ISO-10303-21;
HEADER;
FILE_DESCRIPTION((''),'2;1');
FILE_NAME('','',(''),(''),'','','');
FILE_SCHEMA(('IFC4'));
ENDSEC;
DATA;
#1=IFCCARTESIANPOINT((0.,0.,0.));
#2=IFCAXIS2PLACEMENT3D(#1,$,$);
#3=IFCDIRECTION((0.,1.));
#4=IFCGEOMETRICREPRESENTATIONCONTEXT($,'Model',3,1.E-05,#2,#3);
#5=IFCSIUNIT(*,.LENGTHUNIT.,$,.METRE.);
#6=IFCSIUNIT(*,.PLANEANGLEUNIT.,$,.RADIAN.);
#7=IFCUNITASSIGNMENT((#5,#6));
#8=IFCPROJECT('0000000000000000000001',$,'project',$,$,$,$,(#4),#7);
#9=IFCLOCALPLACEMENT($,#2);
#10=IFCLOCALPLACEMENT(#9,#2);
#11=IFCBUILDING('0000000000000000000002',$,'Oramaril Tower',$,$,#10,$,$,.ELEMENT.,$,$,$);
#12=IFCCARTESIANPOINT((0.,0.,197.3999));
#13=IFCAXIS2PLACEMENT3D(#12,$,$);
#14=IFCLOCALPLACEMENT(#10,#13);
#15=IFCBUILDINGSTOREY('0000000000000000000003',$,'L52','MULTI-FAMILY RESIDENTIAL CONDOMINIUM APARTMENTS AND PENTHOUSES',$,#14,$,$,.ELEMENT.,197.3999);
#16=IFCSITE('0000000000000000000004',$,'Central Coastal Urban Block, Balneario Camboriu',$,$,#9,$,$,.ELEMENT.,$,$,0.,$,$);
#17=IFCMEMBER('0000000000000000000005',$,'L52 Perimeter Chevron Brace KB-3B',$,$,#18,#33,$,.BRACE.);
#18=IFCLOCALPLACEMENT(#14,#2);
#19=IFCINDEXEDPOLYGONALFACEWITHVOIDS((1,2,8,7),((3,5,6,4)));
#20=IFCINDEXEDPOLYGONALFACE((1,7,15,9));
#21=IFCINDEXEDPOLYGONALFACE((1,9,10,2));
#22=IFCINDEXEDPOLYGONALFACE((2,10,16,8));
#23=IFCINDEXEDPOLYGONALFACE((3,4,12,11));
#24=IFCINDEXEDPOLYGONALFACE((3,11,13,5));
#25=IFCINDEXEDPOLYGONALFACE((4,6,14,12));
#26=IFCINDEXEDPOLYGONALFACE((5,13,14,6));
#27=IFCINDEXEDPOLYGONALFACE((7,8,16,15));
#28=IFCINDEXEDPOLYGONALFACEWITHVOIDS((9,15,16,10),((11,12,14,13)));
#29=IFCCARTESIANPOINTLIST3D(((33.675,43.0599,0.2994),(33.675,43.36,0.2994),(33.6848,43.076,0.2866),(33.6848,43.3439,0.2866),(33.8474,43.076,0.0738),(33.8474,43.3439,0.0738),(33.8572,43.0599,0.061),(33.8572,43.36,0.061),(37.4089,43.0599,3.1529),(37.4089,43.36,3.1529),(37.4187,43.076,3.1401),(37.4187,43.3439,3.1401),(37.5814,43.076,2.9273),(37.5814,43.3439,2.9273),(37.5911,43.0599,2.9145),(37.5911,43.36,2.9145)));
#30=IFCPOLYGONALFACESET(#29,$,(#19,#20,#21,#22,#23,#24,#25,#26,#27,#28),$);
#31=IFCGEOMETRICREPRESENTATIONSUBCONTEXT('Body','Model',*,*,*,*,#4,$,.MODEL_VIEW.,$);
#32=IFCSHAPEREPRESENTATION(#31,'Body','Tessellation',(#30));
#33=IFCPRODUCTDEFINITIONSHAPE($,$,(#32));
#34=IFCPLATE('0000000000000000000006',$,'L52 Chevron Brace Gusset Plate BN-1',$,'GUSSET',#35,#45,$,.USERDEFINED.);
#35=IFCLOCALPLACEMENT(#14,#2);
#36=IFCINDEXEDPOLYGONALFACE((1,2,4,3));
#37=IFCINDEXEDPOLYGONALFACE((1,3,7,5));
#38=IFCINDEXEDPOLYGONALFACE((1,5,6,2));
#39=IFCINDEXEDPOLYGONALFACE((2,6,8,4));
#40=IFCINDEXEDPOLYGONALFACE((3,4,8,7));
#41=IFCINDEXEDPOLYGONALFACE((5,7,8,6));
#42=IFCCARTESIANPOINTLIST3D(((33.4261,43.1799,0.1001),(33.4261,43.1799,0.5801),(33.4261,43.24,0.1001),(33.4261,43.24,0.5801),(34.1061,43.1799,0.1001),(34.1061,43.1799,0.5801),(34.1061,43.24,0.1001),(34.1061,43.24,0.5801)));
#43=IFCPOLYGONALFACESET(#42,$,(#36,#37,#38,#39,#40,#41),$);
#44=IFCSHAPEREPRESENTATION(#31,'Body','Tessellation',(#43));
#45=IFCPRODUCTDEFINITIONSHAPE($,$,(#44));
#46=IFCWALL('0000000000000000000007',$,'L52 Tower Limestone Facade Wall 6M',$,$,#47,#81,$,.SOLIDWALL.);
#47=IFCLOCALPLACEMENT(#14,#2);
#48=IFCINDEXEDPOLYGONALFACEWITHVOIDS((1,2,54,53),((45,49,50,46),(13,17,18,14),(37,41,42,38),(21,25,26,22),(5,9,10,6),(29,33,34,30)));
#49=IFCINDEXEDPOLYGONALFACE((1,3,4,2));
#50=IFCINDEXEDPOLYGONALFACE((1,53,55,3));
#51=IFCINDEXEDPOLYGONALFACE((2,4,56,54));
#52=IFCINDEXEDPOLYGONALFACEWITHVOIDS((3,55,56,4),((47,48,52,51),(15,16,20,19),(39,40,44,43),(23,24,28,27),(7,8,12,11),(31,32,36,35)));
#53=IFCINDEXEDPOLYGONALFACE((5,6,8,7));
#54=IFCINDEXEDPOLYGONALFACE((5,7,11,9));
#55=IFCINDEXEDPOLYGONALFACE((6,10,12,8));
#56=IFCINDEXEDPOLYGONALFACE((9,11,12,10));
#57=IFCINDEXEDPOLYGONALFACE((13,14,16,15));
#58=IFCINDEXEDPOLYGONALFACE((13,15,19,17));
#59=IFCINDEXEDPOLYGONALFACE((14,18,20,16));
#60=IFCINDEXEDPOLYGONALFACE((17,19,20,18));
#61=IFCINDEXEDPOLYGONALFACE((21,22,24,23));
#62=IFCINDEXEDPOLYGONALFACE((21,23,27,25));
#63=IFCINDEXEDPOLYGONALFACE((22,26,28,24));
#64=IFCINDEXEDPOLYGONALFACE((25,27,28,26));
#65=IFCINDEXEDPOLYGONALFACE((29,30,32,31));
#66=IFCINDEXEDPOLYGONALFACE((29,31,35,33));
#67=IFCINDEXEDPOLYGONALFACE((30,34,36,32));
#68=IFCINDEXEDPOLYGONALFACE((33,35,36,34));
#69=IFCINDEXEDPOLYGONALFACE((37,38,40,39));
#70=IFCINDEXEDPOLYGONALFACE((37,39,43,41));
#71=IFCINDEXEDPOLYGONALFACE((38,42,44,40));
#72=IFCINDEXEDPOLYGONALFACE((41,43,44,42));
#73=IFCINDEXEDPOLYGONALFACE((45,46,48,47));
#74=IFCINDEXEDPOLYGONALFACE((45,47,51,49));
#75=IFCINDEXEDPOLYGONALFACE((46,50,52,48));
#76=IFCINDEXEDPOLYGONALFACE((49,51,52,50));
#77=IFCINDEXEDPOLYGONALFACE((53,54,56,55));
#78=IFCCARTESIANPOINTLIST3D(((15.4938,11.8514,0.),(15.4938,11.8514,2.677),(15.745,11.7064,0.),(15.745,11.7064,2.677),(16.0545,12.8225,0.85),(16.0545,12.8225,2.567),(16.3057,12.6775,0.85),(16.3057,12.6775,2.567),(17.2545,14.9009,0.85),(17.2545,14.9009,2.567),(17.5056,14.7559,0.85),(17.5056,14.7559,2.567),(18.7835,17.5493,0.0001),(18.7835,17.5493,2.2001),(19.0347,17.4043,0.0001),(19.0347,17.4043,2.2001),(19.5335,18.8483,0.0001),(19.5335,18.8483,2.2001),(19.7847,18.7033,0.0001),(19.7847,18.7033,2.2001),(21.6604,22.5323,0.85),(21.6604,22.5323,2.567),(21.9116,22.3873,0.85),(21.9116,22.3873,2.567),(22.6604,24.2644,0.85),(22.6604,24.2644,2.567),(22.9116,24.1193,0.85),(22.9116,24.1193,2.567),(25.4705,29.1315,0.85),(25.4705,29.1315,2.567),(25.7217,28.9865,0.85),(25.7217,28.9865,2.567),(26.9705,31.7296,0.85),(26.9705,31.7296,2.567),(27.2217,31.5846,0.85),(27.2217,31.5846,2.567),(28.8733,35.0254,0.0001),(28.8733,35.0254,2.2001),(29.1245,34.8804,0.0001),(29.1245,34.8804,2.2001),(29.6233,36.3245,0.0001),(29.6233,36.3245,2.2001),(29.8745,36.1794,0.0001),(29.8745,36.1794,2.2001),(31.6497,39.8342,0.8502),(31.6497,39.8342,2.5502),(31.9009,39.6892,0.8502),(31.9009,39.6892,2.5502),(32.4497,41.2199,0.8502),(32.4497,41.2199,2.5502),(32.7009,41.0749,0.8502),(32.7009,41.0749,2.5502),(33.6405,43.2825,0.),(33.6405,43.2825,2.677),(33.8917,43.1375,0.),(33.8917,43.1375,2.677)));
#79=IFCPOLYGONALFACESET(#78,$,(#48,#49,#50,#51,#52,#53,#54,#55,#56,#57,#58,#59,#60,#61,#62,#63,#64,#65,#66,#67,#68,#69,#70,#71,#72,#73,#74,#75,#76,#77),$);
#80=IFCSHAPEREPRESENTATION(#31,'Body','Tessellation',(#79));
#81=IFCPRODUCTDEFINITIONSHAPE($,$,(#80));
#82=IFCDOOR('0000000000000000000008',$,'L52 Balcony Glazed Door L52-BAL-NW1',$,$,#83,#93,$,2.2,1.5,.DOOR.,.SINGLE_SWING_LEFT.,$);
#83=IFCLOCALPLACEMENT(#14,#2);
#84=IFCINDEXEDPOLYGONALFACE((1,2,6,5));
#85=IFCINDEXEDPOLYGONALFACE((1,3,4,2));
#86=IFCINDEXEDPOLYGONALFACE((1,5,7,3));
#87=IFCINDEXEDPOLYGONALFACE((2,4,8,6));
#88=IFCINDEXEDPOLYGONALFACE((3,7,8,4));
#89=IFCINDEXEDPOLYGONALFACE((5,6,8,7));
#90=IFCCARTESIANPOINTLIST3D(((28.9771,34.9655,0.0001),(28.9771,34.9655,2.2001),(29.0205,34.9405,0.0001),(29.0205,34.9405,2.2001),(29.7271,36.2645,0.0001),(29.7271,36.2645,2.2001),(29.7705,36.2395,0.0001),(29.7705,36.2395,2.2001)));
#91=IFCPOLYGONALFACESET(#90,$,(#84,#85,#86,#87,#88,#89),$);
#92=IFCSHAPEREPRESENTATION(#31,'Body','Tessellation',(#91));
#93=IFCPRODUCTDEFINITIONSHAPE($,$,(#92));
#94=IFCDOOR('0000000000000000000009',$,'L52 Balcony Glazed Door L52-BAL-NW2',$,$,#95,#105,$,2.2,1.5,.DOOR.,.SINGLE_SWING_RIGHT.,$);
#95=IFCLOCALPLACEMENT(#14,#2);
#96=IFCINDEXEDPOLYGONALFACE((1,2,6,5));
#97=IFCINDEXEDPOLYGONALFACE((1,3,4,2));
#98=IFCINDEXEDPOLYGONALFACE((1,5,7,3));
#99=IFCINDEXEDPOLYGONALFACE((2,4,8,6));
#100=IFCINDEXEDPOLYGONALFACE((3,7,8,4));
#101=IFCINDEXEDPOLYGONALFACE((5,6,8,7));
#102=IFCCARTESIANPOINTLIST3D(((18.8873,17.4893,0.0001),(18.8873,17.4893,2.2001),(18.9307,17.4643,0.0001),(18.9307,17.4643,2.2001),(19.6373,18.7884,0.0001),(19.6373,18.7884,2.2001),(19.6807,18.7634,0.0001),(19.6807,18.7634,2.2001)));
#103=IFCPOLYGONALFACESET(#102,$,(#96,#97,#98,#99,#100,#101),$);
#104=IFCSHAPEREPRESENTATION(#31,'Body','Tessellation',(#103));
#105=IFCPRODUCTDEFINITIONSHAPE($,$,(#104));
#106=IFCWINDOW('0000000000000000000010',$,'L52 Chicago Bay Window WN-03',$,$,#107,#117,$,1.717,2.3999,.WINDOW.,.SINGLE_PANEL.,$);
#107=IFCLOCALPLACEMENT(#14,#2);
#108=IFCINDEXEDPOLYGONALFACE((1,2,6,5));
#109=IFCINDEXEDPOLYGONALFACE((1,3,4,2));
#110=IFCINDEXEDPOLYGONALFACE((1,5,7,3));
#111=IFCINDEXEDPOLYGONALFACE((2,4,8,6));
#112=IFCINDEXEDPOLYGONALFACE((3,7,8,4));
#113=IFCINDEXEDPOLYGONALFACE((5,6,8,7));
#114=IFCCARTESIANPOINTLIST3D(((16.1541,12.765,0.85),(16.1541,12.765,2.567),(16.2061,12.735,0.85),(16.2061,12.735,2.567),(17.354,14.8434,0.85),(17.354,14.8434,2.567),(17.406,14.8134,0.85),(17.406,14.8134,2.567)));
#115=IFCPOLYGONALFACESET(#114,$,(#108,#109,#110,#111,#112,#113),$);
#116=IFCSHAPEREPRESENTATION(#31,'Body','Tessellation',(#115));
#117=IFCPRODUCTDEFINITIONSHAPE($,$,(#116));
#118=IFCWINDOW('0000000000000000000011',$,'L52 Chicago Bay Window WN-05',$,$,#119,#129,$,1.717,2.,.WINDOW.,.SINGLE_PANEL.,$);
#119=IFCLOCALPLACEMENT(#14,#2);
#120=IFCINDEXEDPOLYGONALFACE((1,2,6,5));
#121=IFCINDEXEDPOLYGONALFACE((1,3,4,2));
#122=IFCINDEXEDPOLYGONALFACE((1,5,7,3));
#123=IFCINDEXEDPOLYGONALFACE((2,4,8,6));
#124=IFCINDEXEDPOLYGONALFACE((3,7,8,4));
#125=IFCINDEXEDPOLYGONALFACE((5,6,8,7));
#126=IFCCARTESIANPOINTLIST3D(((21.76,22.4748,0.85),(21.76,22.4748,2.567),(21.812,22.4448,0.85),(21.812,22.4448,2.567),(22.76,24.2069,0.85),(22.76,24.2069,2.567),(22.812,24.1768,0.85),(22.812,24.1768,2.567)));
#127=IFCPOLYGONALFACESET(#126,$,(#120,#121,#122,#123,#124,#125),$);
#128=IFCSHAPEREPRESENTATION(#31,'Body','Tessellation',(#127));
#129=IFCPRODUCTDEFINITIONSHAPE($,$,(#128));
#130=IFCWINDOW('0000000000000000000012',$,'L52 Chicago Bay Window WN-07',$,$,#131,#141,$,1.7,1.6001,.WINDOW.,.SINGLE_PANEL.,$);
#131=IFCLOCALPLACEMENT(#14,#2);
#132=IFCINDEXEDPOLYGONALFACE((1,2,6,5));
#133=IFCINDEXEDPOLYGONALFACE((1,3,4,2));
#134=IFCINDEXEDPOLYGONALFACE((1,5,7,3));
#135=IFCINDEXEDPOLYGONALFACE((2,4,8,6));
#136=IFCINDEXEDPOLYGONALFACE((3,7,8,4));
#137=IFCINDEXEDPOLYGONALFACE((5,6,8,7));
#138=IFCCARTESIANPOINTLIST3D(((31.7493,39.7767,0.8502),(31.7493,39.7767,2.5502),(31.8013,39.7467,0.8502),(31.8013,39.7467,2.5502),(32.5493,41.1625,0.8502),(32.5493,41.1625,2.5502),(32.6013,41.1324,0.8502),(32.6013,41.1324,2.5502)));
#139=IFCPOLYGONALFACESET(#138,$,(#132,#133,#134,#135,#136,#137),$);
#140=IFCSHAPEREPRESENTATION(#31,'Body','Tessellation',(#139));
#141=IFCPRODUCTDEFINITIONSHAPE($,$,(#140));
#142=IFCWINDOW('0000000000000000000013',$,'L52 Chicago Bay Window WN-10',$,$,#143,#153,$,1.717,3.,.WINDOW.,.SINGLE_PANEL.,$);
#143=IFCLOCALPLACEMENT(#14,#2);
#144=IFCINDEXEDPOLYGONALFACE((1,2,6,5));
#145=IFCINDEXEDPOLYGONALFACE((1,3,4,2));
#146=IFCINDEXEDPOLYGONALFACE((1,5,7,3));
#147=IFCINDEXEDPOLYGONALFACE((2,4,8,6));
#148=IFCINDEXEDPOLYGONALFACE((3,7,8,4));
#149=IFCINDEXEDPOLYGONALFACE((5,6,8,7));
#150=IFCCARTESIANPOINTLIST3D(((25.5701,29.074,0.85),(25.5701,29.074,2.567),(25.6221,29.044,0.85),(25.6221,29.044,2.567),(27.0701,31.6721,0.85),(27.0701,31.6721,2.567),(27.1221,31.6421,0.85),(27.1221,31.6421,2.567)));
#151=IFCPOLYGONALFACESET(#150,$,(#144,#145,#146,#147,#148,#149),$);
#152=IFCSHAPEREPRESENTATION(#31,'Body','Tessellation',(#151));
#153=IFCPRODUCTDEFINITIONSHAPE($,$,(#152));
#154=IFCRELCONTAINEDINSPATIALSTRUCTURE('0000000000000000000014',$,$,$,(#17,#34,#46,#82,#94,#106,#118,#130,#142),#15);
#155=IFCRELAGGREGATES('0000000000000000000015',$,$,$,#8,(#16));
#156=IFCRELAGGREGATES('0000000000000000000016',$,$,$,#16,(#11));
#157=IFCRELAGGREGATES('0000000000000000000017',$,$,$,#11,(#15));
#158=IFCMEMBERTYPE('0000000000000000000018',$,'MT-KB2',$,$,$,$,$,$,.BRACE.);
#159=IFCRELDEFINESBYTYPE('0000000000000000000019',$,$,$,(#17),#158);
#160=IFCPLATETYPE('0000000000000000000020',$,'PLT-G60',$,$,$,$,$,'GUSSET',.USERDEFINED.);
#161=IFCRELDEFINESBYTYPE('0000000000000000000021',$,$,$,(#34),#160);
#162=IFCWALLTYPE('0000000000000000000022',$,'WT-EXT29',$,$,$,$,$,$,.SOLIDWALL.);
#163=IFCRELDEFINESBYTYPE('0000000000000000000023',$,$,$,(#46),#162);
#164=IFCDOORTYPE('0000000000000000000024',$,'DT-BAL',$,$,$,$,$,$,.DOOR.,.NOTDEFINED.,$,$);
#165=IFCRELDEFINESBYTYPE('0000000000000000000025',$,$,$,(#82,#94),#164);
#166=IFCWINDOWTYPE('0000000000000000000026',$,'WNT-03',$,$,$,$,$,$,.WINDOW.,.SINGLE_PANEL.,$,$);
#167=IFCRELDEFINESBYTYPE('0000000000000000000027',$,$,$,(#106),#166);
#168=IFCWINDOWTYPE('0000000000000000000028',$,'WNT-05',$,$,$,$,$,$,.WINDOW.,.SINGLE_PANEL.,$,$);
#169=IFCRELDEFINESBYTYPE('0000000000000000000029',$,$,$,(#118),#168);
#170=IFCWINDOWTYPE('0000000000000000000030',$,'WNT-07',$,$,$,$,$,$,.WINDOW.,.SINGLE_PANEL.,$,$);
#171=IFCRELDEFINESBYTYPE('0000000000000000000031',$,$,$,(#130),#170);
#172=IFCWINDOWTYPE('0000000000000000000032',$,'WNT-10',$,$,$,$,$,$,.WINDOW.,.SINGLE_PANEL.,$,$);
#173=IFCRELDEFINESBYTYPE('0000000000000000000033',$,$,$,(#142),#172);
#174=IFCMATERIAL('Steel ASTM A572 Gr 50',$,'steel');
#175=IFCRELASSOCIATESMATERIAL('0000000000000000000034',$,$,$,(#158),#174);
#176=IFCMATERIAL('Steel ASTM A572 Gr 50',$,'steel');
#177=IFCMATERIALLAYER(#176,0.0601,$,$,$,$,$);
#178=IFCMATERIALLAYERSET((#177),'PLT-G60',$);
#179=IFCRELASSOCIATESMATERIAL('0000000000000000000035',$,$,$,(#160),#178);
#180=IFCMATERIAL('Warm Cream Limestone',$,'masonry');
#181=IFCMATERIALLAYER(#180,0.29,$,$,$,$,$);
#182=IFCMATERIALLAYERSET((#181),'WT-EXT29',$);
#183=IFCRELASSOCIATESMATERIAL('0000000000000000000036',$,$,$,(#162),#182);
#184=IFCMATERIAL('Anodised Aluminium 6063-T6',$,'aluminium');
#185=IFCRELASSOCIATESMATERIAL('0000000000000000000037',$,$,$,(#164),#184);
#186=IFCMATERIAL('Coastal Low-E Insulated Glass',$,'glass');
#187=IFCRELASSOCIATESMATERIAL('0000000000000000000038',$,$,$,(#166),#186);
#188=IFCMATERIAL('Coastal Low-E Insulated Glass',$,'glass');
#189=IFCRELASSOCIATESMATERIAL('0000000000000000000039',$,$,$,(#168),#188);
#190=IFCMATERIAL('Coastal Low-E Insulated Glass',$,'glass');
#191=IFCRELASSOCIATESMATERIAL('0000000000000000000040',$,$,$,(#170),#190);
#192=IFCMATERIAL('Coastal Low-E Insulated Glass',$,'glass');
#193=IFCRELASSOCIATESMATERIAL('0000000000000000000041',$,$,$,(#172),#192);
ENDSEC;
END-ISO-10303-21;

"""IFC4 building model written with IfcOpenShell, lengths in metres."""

from ifc_helpers import new_model, si_unit, direction, frame, frame_2d, origin, origin_2d, place, context, subcontext, project, spatial, rectangle, hollow_rectangle, extrude, material, layer, layer_set, material_profile, profile_set, type_object, element, fill, save


model = new_model("IFC4")

# Units and contexts
model_context = context("Model", 3, precision=1e-05, world=origin(), true_north=direction((0.0, 1.0)))
body_context = subcontext(model_context, "Body", "Model", "MODEL_VIEW")
ifc_project = project(units=[si_unit("LENGTHUNIT", "METRE"), si_unit("PLANEANGLEUNIT", "RADIAN")], contexts=[model_context])

# Site, building, storey
site_placement = place(None, origin())
site = spatial("IfcSite", under=ifc_project, at=site_placement, Name="Central Coastal Urban Block, Balneario Camboriu", CompositionType="ELEMENT", RefElevation=0.0)
building_placement = place(site_placement, origin())
building = spatial("IfcBuilding", under=site, at=building_placement, Name="Oramaril Tower", CompositionType="ELEMENT")
storey_placement = place(building_placement, frame((0.0, 0.0, 197.3999)))
storey = spatial("IfcBuildingStorey", under=building, at=storey_placement, Name="L52", Description="MULTI-FAMILY RESIDENTIAL CONDOMINIUM APARTMENTS AND PENTHOUSES", CompositionType="ELEMENT", Elevation=197.3999)

# Member
ifc_material_1 = material(Name="Steel ASTM A572 Gr 50", Category="steel")
ifc_material_profile_1 = material_profile(ifc_material_1, hollow_rectangle(XDim=0.3, YDim=0.3, WallThickness=0.0161, at=origin_2d()), Name="HSS300X300X16")
ifc_profile_set_1 = profile_set([ifc_material_profile_1], Name="Steel ASTM A572 Gr 50")
member_type = type_object("IfcMemberType", Name="MT-KB2", PredefinedType="BRACE", material=ifc_profile_set_1)
member_placement = place(storey_placement, frame((33.7661, 43.21, 0.1802), z_axis=(0.794544, 0.0, 0.607207), x_axis=(0.0, 1.0, 0.0)))
element("IfcMember", 1, at=member_placement, inside=storey, type_object=member_type, Name="L52 Perimeter Chevron Brace KB-3B", PredefinedType="BRACE", context=body_context, shape_type="SweptSolid", body=[
    extrude(hollow_rectangle(XDim=0.3, YDim=0.3, WallThickness=0.0161, at=origin_2d()), origin(), (0.0, 0.0, 1.0), 4.6995),
])

# Plate
ifc_material_2 = material(Name="Steel ASTM A572 Gr 50", Category="steel")
ifc_layer_1 = layer(ifc_material_2, 0.0601)
ifc_layer_set_1 = layer_set([ifc_layer_1], Name="PLT-G60")
plate_type = type_object("IfcPlateType", Name="PLT-G60", ElementType="GUSSET", PredefinedType="USERDEFINED", material=ifc_layer_set_1)
plate_placement = place(storey_placement, frame((33.7661, 43.21, 0.1001), z_axis=(0.0, 0.0, 1.0), x_axis=(-1.0, 0.0, 0.0)))
element("IfcPlate", 2, at=plate_placement, inside=storey, type_object=plate_type, Name="L52 Chevron Brace Gusset Plate BN-1", ObjectType="GUSSET", PredefinedType="USERDEFINED", context=body_context, shape_type="SweptSolid", body=[
    extrude(rectangle(XDim=0.6799, YDim=0.0601, at=origin_2d()), origin(), (0.0, 0.0, 1.0), 0.48),
])

# Wall, openings, doors, windows
ifc_material_3 = material(Name="Warm Cream Limestone", Category="masonry")
ifc_layer_2 = layer(ifc_material_3, 0.29)
ifc_layer_set_2 = layer_set([ifc_layer_2], Name="WT-EXT29")
wall_type_1 = type_object("IfcWallType", Name="WT-EXT29", PredefinedType="SOLIDWALL", material=ifc_layer_set_2)
wall_1_placement = place(storey_placement, frame((33.7661, 43.21, 0.0), z_axis=(0.0, 0.0, 1.0), x_axis=(-0.499999, -0.866026, 0.0)))
wall_1 = element("IfcWall", 3, at=wall_1_placement, inside=storey, type_object=wall_type_1, Name="L52 Tower Limestone Facade Wall 6M", PredefinedType="SOLIDWALL", context=body_context, shape_type="SweptSolid", body=[
    extrude(rectangle(XDim=36.2935, YDim=0.29, at=frame_2d((18.1467, 0.0))), origin(), (0.0, 0.0, 1.0), 2.677),
])
opening_1_placement = place(wall_1_placement, frame((8.0344, 0.0, 0.0)))
opening_1 = element("IfcOpeningElement", 4, at=opening_1_placement, cuts=wall_1, PredefinedType="OPENING", context=body_context, shape_type="SweptSolid", body=[
    extrude(rectangle(XDim=1.5, YDim=2.2, at=frame_2d((0.75, 1.1001))), frame((0.0, 0.145, 0.0), z_axis=(0.0, -1.0, 0.0), x_axis=(1.0, 0.0, 0.0)), (0.0, 0.0, 1.0), 0.29),
])
opening_2_placement = place(wall_1_placement, frame((28.2141, 0.0, 0.0)))
opening_2 = element("IfcOpeningElement", 5, at=opening_2_placement, cuts=wall_1, PredefinedType="OPENING", context=body_context, shape_type="SweptSolid", body=[
    extrude(rectangle(XDim=1.5, YDim=2.2, at=frame_2d((0.75, 1.1001))), frame((0.0, 0.145, 0.0), z_axis=(0.0, -1.0, 0.0), x_axis=(1.0, 0.0, 0.0)), (0.0, 0.0, 1.0), 0.29),
])
opening_3_placement = place(wall_1_placement, frame((32.7722, 0.0, 0.8501)))
opening_3 = element("IfcOpeningElement", 6, at=opening_3_placement, cuts=wall_1, PredefinedType="OPENING", context=body_context, shape_type="SweptSolid", body=[
    extrude(rectangle(XDim=2.3999, YDim=1.717, at=frame_2d((1.2, 0.8584))), frame((0.0, 0.145, 0.0), z_axis=(0.0, -1.0, 0.0), x_axis=(1.0, 0.0, 0.0)), (0.0, 0.0, 1.0), 0.29),
])
opening_4_placement = place(wall_1_placement, frame((21.9602, 0.0, 0.8501)))
opening_4 = element("IfcOpeningElement", 7, at=opening_4_placement, cuts=wall_1, PredefinedType="OPENING", context=body_context, shape_type="SweptSolid", body=[
    extrude(rectangle(XDim=2.0, YDim=1.717, at=frame_2d((1.0, 0.8584))), frame((0.0, 0.145, 0.0), z_axis=(0.0, -1.0, 0.0), x_axis=(1.0, 0.0, 0.0)), (0.0, 0.0, 1.0), 0.29),
])
opening_5_placement = place(wall_1_placement, frame((2.3816, 0.0, 0.8501)))
opening_5 = element("IfcOpeningElement", 8, at=opening_5_placement, cuts=wall_1, PredefinedType="OPENING", context=body_context, shape_type="SweptSolid", body=[
    extrude(rectangle(XDim=1.6001, YDim=1.7, at=frame_2d((0.8, 0.8501))), frame((0.0, 0.145, 0.0), z_axis=(0.0, -1.0, 0.0), x_axis=(1.0, 0.0, 0.0)), (0.0, 0.0, 1.0), 0.29),
])
opening_6_placement = place(wall_1_placement, frame((13.3401, 0.0, 0.8501)))
opening_6 = element("IfcOpeningElement", 9, at=opening_6_placement, cuts=wall_1, PredefinedType="OPENING", context=body_context, shape_type="SweptSolid", body=[
    extrude(rectangle(XDim=3.0, YDim=1.717, at=frame_2d((1.5, 0.8584))), frame((0.0, 0.145, 0.0), z_axis=(0.0, -1.0, 0.0), x_axis=(1.0, 0.0, 0.0)), (0.0, 0.0, 1.0), 0.29),
])
ifc_material_4 = material(Name="Anodised Aluminium 6063-T6", Category="aluminium")
door_type = type_object("IfcDoorType", Name="DT-BAL", OperationType="NOTDEFINED", PredefinedType="DOOR", material=ifc_material_4)
door_1_placement = place(opening_1_placement, origin())
door_1 = element("IfcDoor", 10, at=door_1_placement, inside=storey, type_object=door_type, Name="L52 Balcony Glazed Door L52-BAL-NW1", OperationType="SINGLE_SWING_LEFT", OverallHeight=2.2, OverallWidth=1.5, PredefinedType="DOOR", context=body_context, shape_type="SweptSolid", body=[
    extrude(rectangle(XDim=1.5, YDim=2.2, at=frame_2d((0.75, 1.1001))), frame((0.0, 0.0249, 0.0), z_axis=(0.0, -1.0, 0.0), x_axis=(1.0, 0.0, 0.0)), (0.0, 0.0, 1.0), 0.05),
])
fill(opening_1, door_1)
door_2_placement = place(opening_2_placement, origin())
door_2 = element("IfcDoor", 11, at=door_2_placement, inside=storey, type_object=door_type, Name="L52 Balcony Glazed Door L52-BAL-NW2", OperationType="SINGLE_SWING_RIGHT", OverallHeight=2.2, OverallWidth=1.5, PredefinedType="DOOR", context=body_context, shape_type="SweptSolid", body=[
    extrude(rectangle(XDim=1.5, YDim=2.2, at=frame_2d((0.75, 1.1001))), frame((0.0, 0.0249, 0.0), z_axis=(0.0, -1.0, 0.0), x_axis=(1.0, 0.0, 0.0)), (0.0, 0.0, 1.0), 0.05),
])
fill(opening_2, door_2)
ifc_material_5 = material(Name="Coastal Low-E Insulated Glass", Category="glass")
window_type_1 = type_object("IfcWindowType", Name="WNT-03", PartitioningType="SINGLE_PANEL", PredefinedType="WINDOW", material=ifc_material_5)
window_1_placement = place(opening_3_placement, origin())
window_1 = element("IfcWindow", 12, at=window_1_placement, inside=storey, type_object=window_type_1, Name="L52 Chicago Bay Window WN-03", OverallHeight=1.717, OverallWidth=2.3999, PartitioningType="SINGLE_PANEL", PredefinedType="WINDOW", context=body_context, shape_type="SweptSolid", body=[
    extrude(rectangle(XDim=2.3999, YDim=1.717, at=frame_2d((1.2, 0.8584))), frame((0.0, 0.03, 0.0), z_axis=(0.0, -1.0, 0.0), x_axis=(1.0, 0.0, 0.0)), (0.0, 0.0, 1.0), 0.0601),
])
fill(opening_3, window_1)
ifc_material_6 = material(Name="Coastal Low-E Insulated Glass", Category="glass")
window_type_2 = type_object("IfcWindowType", Name="WNT-05", PartitioningType="SINGLE_PANEL", PredefinedType="WINDOW", material=ifc_material_6)
window_2_placement = place(opening_4_placement, origin())
window_2 = element("IfcWindow", 13, at=window_2_placement, inside=storey, type_object=window_type_2, Name="L52 Chicago Bay Window WN-05", OverallHeight=1.717, OverallWidth=2.0, PartitioningType="SINGLE_PANEL", PredefinedType="WINDOW", context=body_context, shape_type="SweptSolid", body=[
    extrude(rectangle(XDim=2.0, YDim=1.717, at=frame_2d((1.0, 0.8584))), frame((0.0, 0.03, 0.0), z_axis=(0.0, -1.0, 0.0), x_axis=(1.0, 0.0, 0.0)), (0.0, 0.0, 1.0), 0.0601),
])
fill(opening_4, window_2)
ifc_material_7 = material(Name="Coastal Low-E Insulated Glass", Category="glass")
window_type_3 = type_object("IfcWindowType", Name="WNT-07", PartitioningType="SINGLE_PANEL", PredefinedType="WINDOW", material=ifc_material_7)
window_3_placement = place(opening_5_placement, origin())
window_3 = element("IfcWindow", 14, at=window_3_placement, inside=storey, type_object=window_type_3, Name="L52 Chicago Bay Window WN-07", OverallHeight=1.7, OverallWidth=1.6001, PartitioningType="SINGLE_PANEL", PredefinedType="WINDOW", context=body_context, shape_type="SweptSolid", body=[
    extrude(rectangle(XDim=1.6001, YDim=1.7, at=frame_2d((0.8, 0.8501))), frame((0.0, 0.03, 0.0), z_axis=(0.0, -1.0, 0.0), x_axis=(1.0, 0.0, 0.0)), (0.0, 0.0, 1.0), 0.0601),
])
fill(opening_5, window_3)
ifc_material_8 = material(Name="Coastal Low-E Insulated Glass", Category="glass")
window_type_4 = type_object("IfcWindowType", Name="WNT-10", PartitioningType="SINGLE_PANEL", PredefinedType="WINDOW", material=ifc_material_8)
window_4_placement = place(opening_6_placement, origin())
window_4 = element("IfcWindow", 15, at=window_4_placement, inside=storey, type_object=window_type_4, Name="L52 Chicago Bay Window WN-10", OverallHeight=1.717, OverallWidth=3.0, PartitioningType="SINGLE_PANEL", PredefinedType="WINDOW", context=body_context, shape_type="SweptSolid", body=[
    extrude(rectangle(XDim=3.0, YDim=1.717, at=frame_2d((1.5, 0.8584))), frame((0.0, 0.03, 0.0), z_axis=(0.0, -1.0, 0.0), x_axis=(1.0, 0.0, 0.0)), (0.0, 0.0, 1.0), 0.0601),
])
fill(opening_6, window_4)

save(model, "model.ifc")
